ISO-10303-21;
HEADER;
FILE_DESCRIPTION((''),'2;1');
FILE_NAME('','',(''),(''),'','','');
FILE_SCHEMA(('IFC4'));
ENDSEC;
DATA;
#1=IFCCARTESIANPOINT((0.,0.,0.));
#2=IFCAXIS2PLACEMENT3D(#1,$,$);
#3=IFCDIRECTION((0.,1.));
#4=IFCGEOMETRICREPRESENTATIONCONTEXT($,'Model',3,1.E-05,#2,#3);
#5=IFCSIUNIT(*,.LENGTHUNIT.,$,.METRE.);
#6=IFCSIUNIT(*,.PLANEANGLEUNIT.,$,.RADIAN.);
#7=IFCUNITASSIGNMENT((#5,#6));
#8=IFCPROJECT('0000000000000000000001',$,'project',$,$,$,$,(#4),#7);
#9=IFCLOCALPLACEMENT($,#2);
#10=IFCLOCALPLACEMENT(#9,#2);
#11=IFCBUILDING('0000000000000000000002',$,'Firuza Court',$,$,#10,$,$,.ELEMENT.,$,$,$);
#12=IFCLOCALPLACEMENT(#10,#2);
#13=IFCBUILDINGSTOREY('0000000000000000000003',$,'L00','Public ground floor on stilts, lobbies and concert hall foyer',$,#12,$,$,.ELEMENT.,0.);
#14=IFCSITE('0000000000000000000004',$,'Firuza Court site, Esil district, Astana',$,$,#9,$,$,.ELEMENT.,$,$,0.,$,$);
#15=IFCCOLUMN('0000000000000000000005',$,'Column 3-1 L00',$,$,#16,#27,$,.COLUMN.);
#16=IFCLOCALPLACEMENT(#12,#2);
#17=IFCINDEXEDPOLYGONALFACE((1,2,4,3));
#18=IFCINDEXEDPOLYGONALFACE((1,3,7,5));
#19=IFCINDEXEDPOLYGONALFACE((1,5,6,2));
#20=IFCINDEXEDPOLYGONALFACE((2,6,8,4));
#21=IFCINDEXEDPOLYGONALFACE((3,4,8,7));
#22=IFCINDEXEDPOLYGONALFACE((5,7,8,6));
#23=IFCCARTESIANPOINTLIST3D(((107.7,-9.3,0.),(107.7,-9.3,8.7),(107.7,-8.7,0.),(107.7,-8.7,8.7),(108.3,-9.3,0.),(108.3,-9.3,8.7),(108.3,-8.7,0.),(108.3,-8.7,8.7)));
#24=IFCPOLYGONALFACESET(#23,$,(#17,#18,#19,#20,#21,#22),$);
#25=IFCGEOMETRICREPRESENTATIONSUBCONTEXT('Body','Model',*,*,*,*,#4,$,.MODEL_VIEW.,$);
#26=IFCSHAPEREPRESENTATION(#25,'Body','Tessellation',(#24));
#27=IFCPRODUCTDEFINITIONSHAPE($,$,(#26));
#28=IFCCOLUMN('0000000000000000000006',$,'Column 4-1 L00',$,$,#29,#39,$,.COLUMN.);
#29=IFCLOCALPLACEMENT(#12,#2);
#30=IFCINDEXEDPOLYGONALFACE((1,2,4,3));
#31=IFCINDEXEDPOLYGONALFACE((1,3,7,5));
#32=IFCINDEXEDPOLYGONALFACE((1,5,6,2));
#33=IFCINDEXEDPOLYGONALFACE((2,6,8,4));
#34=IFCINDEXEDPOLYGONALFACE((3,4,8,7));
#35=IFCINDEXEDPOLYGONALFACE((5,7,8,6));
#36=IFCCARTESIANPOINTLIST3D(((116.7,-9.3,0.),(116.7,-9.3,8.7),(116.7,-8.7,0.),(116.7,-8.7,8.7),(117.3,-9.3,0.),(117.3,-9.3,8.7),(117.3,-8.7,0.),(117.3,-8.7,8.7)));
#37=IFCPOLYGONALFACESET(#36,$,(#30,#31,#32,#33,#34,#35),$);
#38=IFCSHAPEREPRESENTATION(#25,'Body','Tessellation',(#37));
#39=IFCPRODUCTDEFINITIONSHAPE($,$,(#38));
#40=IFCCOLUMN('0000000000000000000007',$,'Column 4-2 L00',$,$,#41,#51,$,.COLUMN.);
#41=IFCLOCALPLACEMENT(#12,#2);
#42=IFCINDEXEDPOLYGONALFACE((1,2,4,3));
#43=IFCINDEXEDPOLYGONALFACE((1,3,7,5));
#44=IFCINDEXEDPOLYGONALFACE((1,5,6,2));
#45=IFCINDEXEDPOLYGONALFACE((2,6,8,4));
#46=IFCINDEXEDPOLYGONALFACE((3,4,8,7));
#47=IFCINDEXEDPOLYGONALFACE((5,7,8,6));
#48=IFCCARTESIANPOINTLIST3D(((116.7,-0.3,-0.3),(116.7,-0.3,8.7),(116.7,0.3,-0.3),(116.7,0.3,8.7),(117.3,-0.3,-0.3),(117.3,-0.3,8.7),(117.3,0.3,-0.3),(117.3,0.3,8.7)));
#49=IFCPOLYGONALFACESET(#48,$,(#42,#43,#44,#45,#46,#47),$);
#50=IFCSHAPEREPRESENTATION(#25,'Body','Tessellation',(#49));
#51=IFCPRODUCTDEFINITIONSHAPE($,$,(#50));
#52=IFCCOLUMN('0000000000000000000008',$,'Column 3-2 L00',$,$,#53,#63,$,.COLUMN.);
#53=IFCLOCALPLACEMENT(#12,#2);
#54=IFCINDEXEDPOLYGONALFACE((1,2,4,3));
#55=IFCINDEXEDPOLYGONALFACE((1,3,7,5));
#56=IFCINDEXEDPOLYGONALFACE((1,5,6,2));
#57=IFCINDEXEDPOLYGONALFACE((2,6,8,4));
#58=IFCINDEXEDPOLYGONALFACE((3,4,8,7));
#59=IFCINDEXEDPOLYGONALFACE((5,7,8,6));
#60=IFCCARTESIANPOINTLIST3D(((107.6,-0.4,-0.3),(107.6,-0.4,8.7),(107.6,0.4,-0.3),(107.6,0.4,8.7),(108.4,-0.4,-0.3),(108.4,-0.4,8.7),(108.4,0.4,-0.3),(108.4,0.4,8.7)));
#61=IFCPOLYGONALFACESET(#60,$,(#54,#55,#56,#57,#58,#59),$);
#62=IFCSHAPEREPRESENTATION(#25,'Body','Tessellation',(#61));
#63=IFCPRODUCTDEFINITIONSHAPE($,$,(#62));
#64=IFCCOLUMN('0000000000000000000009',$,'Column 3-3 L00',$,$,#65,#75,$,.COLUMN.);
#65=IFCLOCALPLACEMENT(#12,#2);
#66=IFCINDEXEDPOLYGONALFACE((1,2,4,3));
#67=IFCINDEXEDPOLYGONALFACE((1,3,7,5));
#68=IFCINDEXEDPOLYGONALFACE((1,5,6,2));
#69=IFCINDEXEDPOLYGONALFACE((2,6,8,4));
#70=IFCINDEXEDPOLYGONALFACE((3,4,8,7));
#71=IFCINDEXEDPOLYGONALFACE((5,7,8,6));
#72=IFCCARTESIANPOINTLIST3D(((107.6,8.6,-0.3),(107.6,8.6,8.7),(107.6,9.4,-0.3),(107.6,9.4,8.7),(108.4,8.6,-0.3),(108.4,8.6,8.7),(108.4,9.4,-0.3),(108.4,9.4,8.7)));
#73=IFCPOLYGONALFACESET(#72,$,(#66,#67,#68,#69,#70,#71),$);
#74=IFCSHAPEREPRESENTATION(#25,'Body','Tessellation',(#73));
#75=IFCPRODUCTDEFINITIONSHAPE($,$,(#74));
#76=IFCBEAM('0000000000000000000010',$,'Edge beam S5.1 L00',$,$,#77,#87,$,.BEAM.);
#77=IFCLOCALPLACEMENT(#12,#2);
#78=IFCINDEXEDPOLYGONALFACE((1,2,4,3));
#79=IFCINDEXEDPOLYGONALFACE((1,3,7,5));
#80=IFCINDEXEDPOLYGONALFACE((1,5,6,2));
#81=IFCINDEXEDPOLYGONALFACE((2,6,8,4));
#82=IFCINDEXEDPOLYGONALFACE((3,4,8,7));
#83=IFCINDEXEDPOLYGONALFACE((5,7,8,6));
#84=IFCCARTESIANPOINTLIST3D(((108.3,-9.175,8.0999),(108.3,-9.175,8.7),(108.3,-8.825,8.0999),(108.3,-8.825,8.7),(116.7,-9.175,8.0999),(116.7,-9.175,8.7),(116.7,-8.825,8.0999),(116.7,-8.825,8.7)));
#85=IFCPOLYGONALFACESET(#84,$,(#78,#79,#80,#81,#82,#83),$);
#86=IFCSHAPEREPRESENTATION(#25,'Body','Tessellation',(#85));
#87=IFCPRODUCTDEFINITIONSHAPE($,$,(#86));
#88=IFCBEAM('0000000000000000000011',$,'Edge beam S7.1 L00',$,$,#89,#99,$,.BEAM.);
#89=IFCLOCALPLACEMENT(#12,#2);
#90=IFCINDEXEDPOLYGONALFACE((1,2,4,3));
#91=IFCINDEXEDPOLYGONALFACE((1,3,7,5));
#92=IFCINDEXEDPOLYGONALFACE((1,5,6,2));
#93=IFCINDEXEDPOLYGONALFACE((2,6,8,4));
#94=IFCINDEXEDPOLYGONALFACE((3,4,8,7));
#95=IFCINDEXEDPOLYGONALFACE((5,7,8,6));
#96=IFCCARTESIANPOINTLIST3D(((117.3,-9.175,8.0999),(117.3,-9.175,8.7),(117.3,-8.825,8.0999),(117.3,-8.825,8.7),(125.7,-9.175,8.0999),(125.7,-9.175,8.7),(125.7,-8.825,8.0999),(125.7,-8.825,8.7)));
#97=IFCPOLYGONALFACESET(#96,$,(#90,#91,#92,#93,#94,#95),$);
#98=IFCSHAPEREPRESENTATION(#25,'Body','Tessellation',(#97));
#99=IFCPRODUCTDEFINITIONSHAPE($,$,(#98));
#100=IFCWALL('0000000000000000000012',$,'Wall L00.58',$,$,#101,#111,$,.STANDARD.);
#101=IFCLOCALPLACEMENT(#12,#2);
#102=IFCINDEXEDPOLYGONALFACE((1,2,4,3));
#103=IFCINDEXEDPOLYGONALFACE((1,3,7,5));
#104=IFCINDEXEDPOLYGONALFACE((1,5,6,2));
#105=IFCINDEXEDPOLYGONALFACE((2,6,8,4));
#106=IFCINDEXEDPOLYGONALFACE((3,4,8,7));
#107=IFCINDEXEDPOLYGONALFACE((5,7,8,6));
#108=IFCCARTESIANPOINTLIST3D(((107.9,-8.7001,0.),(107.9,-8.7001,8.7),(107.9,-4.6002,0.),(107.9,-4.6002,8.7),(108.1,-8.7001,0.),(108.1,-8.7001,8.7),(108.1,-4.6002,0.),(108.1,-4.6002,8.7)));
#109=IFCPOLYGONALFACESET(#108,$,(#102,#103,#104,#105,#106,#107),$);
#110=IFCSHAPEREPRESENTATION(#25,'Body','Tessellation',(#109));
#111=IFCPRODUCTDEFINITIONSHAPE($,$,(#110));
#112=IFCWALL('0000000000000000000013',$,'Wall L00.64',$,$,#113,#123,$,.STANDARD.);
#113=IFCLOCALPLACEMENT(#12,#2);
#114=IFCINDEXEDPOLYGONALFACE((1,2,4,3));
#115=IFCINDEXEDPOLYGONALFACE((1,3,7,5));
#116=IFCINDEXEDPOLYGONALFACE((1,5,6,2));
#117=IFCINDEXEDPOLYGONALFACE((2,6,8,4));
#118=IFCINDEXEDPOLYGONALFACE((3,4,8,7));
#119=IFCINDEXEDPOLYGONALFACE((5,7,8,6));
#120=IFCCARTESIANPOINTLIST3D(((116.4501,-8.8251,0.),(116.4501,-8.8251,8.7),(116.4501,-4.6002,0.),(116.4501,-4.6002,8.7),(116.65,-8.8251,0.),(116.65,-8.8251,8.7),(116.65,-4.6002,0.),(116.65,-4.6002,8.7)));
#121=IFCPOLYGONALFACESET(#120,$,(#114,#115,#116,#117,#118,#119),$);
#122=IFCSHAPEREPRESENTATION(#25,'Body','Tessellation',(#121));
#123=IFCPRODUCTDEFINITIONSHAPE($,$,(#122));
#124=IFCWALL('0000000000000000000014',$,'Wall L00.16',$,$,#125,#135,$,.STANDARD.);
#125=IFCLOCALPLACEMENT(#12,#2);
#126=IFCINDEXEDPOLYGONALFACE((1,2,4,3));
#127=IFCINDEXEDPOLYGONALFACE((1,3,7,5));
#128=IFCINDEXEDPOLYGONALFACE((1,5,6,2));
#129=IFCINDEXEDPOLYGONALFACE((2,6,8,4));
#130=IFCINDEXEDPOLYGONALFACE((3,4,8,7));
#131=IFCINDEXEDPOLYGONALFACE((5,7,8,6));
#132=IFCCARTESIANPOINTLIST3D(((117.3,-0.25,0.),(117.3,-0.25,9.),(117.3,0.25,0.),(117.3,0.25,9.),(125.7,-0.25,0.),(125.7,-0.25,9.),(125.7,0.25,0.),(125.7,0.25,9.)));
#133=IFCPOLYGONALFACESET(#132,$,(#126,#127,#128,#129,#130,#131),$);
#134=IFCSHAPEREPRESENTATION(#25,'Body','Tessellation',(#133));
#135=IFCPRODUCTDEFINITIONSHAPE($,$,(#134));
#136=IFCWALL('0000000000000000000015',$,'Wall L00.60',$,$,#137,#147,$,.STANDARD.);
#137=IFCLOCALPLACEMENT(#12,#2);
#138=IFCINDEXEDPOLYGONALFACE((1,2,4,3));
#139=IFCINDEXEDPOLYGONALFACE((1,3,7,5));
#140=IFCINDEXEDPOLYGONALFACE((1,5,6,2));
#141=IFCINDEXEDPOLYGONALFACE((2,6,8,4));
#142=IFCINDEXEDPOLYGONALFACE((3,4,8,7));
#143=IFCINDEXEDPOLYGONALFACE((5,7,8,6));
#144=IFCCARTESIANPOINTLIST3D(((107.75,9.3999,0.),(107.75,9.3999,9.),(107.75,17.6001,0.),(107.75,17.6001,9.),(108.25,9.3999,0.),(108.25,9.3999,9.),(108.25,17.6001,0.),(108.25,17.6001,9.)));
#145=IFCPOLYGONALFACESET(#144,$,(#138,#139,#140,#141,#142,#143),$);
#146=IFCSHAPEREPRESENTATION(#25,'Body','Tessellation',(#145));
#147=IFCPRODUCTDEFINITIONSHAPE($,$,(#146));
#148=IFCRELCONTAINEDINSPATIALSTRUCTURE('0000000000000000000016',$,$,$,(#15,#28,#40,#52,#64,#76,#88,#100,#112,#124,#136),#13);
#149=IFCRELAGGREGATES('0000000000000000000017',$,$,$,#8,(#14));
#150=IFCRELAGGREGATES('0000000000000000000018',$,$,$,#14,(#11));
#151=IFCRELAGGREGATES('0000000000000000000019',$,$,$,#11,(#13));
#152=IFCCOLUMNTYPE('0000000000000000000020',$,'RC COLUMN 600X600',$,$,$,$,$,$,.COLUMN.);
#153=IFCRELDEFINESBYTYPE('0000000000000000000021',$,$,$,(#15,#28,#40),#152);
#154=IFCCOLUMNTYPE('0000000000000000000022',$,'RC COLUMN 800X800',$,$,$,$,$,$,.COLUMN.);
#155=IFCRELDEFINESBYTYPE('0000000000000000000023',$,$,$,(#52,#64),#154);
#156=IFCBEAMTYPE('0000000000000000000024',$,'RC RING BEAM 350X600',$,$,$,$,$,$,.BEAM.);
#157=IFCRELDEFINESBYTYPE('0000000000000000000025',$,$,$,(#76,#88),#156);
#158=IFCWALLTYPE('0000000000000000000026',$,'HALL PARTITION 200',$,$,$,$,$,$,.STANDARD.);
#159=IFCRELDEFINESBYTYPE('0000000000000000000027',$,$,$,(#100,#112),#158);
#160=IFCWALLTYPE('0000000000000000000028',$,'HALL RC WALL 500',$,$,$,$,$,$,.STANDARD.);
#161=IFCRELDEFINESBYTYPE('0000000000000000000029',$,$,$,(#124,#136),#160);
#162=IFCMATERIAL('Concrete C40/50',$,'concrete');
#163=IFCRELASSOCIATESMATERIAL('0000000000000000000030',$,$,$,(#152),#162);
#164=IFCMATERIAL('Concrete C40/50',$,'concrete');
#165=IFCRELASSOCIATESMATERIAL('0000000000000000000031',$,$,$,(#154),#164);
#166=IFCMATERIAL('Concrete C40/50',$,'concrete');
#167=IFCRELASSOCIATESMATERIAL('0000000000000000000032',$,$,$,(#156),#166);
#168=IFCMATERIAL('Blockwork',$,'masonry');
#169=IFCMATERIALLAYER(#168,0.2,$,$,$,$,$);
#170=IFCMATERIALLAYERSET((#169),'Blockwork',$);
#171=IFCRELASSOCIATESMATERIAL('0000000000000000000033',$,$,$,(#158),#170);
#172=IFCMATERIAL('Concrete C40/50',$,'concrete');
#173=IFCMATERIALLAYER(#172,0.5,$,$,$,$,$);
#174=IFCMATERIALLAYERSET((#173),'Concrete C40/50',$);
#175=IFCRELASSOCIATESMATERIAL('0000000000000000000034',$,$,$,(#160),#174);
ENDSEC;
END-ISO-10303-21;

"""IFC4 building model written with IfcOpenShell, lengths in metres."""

from ifc_helpers import new_model, si_unit, direction, frame, frame_2d, origin, origin_2d, place, context, subcontext, project, spatial, rectangle, extrude, material, layer, layer_set, material_profile, profile_set, type_object, element, save


model = new_model("IFC4")

# Units and contexts
model_context = context("Model", 3, precision=1e-05, world=origin(), true_north=direction((0.0, 1.0)))
body_context = subcontext(model_context, "Body", "Model", "MODEL_VIEW")
ifc_project = project(units=[si_unit("LENGTHUNIT", "METRE"), si_unit("PLANEANGLEUNIT", "RADIAN")], contexts=[model_context])

# Site, building, storey
site_placement = place(None, origin())
site = spatial("IfcSite", under=ifc_project, at=site_placement, Name="Firuza Court site, Esil district, Astana", CompositionType="ELEMENT", RefElevation=0.0)
building_placement = place(site_placement, origin())
building = spatial("IfcBuilding", under=site, at=building_placement, Name="Firuza Court", CompositionType="ELEMENT")
storey_placement = place(building_placement, origin())
storey = spatial("IfcBuildingStorey", under=building, at=storey_placement, Name="L00", Description="Public ground floor on stilts, lobbies and concert hall foyer", CompositionType="ELEMENT", Elevation=0.0)

# Columns
ifc_material_1 = material(Name="Concrete C40/50", Category="concrete")
ifc_material_profile_1 = material_profile(ifc_material_1, rectangle(XDim=0.6001, YDim=0.6001, at=origin_2d()), Name="RC 600X600")
ifc_profile_set_1 = profile_set([ifc_material_profile_1], Name="Concrete C40/50")
column_type_1 = type_object("IfcColumnType", Name="RC COLUMN 600X600", PredefinedType="COLUMN", material=ifc_profile_set_1)
for number, where, z_axis, x_axis, name in (
    (1, (108.0, -9.0, 0.0), (0.0, 0.0, 1.0), (1.0, 0.0, 0.0), "Column 3-1 L00"),
    (2, (117.0, -9.0, 0.0), (0.0, 0.0, 1.0), (1.0, 0.0, 0.0), "Column 4-1 L00"),
):
    element("IfcColumn", number, at=place(storey_placement, frame(where, z_axis=z_axis, x_axis=x_axis)), inside=storey, type_object=column_type_1, Name=name, PredefinedType="COLUMN", context=body_context, shape_type="SweptSolid", body=[
        extrude(rectangle(XDim=0.6001, YDim=0.6001, at=origin_2d()), origin(), (0.0, 0.0, 1.0), 8.7),
    ])
column_placement = place(storey_placement, frame((117.0, 0.0, -0.3), z_axis=(0.0, 0.0, 1.0), x_axis=(1.0, 0.0, 0.0)))
element("IfcColumn", 3, at=column_placement, inside=storey, type_object=column_type_1, Name="Column 4-2 L00", PredefinedType="COLUMN", context=body_context, shape_type="SweptSolid", body=[
    extrude(rectangle(XDim=0.6001, YDim=0.6001, at=origin_2d()), origin(), (0.0, 0.0, 1.0), 9.0),
])
ifc_material_2 = material(Name="Concrete C40/50", Category="concrete")
ifc_material_profile_2 = material_profile(ifc_material_2, rectangle(XDim=0.8, YDim=0.8, at=origin_2d()), Name="RC 800X800")
ifc_profile_set_2 = profile_set([ifc_material_profile_2], Name="Concrete C40/50")
column_type_2 = type_object("IfcColumnType", Name="RC COLUMN 800X800", PredefinedType="COLUMN", material=ifc_profile_set_2)
for number, where, z_axis, x_axis, name in (
    (4, (108.0, 0.0, -0.3), (0.0, 0.0, 1.0), (1.0, 0.0, 0.0), "Column 3-2 L00"),
    (5, (108.0, 9.0, -0.3), (0.0, 0.0, 1.0), (1.0, 0.0, 0.0), "Column 3-3 L00"),
):
    element("IfcColumn", number, at=place(storey_placement, frame(where, z_axis=z_axis, x_axis=x_axis)), inside=storey, type_object=column_type_2, Name=name, PredefinedType="COLUMN", context=body_context, shape_type="SweptSolid", body=[
        extrude(rectangle(XDim=0.8, YDim=0.8, at=origin_2d()), origin(), (0.0, 0.0, 1.0), 9.0),
    ])

# Beams
ifc_material_3 = material(Name="Concrete C40/50", Category="concrete")
ifc_material_profile_3 = material_profile(ifc_material_3, rectangle(XDim=0.3501, YDim=0.6001, at=origin_2d()), Name="RC 350X600")
ifc_profile_set_3 = profile_set([ifc_material_profile_3], Name="Concrete C40/50")
beam_type = type_object("IfcBeamType", Name="RC RING BEAM 350X600", PredefinedType="BEAM", material=ifc_profile_set_3)
for number, where, z_axis, x_axis, name in (
    (6, (108.3, -9.0, 8.3999), (1.0, 0.0, 0.0), (0.0, 1.0, 0.0), "Edge beam S5.1 L00"),
    (7, (117.3, -9.0, 8.3999), (1.0, 0.0, 0.0), (0.0, 1.0, 0.0), "Edge beam S7.1 L00"),
):
    element("IfcBeam", number, at=place(storey_placement, frame(where, z_axis=z_axis, x_axis=x_axis)), inside=storey, type_object=beam_type, Name=name, PredefinedType="BEAM", context=body_context, shape_type="SweptSolid", body=[
        extrude(rectangle(XDim=0.3501, YDim=0.6001, at=origin_2d()), origin(), (0.0, 0.0, 1.0), 8.3999),
    ])

# Walls
ifc_material_4 = material(Name="Blockwork", Category="masonry")
ifc_layer_1 = layer(ifc_material_4, 0.2)
ifc_layer_set_1 = layer_set([ifc_layer_1], Name="Blockwork")
wall_type_1 = type_object("IfcWallType", Name="HALL PARTITION 200", PredefinedType="STANDARD", material=ifc_layer_set_1)
wall_1_placement = place(storey_placement, frame((108.0, -8.7, 0.0), z_axis=(0.0, 0.0, 1.0), x_axis=(0.0, 1.0, 0.0)))
element("IfcWall", 8, at=wall_1_placement, inside=storey, type_object=wall_type_1, Name="Wall L00.58", PredefinedType="STANDARD", context=body_context, shape_type="SweptSolid", body=[
    extrude(rectangle(XDim=4.0999, YDim=0.2, at=frame_2d((2.0498, 0.0))), origin(), (0.0, 0.0, 1.0), 8.7),
])
wall_2_placement = place(storey_placement, frame((116.55, -8.825, 0.0), z_axis=(0.0, 0.0, 1.0), x_axis=(0.0, 1.0, 0.0)))
element("IfcWall", 9, at=wall_2_placement, inside=storey, type_object=wall_type_1, Name="Wall L00.64", PredefinedType="STANDARD", context=body_context, shape_type="SweptSolid", body=[
    extrude(rectangle(XDim=4.2249, YDim=0.2, at=frame_2d((2.1123, 0.0))), origin(), (0.0, 0.0, 1.0), 8.7),
])

# Shared definitions
ifc_material_5 = material(Name="Concrete C40/50", Category="concrete")
ifc_layer_2 = layer(ifc_material_5, 0.5)
ifc_layer_set_2 = layer_set([ifc_layer_2], Name="Concrete C40/50")
wall_type_2 = type_object("IfcWallType", Name="HALL RC WALL 500", PredefinedType="STANDARD", material=ifc_layer_set_2)

# Wall
wall_3_placement = place(storey_placement, frame((117.3, 0.0, 0.0), z_axis=(0.0, 0.0, 1.0), x_axis=(1.0, 0.0, 0.0)))
element("IfcWall", 10, at=wall_3_placement, inside=storey, type_object=wall_type_2, Name="Wall L00.16", PredefinedType="STANDARD", context=body_context, shape_type="SweptSolid", body=[
    extrude(rectangle(XDim=8.3999, YDim=0.5, at=frame_2d((4.2, 0.0))), origin(), (0.0, 0.0, 1.0), 9.0),
])

# Wall
wall_4_placement = place(storey_placement, frame((108.0, 9.3999, 0.0), z_axis=(0.0, 0.0, 1.0), x_axis=(0.0, 1.0, 0.0)))
element("IfcWall", 11, at=wall_4_placement, inside=storey, type_object=wall_type_2, Name="Wall L00.60", PredefinedType="STANDARD", context=body_context, shape_type="SweptSolid", body=[
    extrude(rectangle(XDim=8.2002, YDim=0.5, at=frame_2d((4.1001, 0.0))), origin(), (0.0, 0.0, 1.0), 9.0),
])

save(model, "model.ifc")
